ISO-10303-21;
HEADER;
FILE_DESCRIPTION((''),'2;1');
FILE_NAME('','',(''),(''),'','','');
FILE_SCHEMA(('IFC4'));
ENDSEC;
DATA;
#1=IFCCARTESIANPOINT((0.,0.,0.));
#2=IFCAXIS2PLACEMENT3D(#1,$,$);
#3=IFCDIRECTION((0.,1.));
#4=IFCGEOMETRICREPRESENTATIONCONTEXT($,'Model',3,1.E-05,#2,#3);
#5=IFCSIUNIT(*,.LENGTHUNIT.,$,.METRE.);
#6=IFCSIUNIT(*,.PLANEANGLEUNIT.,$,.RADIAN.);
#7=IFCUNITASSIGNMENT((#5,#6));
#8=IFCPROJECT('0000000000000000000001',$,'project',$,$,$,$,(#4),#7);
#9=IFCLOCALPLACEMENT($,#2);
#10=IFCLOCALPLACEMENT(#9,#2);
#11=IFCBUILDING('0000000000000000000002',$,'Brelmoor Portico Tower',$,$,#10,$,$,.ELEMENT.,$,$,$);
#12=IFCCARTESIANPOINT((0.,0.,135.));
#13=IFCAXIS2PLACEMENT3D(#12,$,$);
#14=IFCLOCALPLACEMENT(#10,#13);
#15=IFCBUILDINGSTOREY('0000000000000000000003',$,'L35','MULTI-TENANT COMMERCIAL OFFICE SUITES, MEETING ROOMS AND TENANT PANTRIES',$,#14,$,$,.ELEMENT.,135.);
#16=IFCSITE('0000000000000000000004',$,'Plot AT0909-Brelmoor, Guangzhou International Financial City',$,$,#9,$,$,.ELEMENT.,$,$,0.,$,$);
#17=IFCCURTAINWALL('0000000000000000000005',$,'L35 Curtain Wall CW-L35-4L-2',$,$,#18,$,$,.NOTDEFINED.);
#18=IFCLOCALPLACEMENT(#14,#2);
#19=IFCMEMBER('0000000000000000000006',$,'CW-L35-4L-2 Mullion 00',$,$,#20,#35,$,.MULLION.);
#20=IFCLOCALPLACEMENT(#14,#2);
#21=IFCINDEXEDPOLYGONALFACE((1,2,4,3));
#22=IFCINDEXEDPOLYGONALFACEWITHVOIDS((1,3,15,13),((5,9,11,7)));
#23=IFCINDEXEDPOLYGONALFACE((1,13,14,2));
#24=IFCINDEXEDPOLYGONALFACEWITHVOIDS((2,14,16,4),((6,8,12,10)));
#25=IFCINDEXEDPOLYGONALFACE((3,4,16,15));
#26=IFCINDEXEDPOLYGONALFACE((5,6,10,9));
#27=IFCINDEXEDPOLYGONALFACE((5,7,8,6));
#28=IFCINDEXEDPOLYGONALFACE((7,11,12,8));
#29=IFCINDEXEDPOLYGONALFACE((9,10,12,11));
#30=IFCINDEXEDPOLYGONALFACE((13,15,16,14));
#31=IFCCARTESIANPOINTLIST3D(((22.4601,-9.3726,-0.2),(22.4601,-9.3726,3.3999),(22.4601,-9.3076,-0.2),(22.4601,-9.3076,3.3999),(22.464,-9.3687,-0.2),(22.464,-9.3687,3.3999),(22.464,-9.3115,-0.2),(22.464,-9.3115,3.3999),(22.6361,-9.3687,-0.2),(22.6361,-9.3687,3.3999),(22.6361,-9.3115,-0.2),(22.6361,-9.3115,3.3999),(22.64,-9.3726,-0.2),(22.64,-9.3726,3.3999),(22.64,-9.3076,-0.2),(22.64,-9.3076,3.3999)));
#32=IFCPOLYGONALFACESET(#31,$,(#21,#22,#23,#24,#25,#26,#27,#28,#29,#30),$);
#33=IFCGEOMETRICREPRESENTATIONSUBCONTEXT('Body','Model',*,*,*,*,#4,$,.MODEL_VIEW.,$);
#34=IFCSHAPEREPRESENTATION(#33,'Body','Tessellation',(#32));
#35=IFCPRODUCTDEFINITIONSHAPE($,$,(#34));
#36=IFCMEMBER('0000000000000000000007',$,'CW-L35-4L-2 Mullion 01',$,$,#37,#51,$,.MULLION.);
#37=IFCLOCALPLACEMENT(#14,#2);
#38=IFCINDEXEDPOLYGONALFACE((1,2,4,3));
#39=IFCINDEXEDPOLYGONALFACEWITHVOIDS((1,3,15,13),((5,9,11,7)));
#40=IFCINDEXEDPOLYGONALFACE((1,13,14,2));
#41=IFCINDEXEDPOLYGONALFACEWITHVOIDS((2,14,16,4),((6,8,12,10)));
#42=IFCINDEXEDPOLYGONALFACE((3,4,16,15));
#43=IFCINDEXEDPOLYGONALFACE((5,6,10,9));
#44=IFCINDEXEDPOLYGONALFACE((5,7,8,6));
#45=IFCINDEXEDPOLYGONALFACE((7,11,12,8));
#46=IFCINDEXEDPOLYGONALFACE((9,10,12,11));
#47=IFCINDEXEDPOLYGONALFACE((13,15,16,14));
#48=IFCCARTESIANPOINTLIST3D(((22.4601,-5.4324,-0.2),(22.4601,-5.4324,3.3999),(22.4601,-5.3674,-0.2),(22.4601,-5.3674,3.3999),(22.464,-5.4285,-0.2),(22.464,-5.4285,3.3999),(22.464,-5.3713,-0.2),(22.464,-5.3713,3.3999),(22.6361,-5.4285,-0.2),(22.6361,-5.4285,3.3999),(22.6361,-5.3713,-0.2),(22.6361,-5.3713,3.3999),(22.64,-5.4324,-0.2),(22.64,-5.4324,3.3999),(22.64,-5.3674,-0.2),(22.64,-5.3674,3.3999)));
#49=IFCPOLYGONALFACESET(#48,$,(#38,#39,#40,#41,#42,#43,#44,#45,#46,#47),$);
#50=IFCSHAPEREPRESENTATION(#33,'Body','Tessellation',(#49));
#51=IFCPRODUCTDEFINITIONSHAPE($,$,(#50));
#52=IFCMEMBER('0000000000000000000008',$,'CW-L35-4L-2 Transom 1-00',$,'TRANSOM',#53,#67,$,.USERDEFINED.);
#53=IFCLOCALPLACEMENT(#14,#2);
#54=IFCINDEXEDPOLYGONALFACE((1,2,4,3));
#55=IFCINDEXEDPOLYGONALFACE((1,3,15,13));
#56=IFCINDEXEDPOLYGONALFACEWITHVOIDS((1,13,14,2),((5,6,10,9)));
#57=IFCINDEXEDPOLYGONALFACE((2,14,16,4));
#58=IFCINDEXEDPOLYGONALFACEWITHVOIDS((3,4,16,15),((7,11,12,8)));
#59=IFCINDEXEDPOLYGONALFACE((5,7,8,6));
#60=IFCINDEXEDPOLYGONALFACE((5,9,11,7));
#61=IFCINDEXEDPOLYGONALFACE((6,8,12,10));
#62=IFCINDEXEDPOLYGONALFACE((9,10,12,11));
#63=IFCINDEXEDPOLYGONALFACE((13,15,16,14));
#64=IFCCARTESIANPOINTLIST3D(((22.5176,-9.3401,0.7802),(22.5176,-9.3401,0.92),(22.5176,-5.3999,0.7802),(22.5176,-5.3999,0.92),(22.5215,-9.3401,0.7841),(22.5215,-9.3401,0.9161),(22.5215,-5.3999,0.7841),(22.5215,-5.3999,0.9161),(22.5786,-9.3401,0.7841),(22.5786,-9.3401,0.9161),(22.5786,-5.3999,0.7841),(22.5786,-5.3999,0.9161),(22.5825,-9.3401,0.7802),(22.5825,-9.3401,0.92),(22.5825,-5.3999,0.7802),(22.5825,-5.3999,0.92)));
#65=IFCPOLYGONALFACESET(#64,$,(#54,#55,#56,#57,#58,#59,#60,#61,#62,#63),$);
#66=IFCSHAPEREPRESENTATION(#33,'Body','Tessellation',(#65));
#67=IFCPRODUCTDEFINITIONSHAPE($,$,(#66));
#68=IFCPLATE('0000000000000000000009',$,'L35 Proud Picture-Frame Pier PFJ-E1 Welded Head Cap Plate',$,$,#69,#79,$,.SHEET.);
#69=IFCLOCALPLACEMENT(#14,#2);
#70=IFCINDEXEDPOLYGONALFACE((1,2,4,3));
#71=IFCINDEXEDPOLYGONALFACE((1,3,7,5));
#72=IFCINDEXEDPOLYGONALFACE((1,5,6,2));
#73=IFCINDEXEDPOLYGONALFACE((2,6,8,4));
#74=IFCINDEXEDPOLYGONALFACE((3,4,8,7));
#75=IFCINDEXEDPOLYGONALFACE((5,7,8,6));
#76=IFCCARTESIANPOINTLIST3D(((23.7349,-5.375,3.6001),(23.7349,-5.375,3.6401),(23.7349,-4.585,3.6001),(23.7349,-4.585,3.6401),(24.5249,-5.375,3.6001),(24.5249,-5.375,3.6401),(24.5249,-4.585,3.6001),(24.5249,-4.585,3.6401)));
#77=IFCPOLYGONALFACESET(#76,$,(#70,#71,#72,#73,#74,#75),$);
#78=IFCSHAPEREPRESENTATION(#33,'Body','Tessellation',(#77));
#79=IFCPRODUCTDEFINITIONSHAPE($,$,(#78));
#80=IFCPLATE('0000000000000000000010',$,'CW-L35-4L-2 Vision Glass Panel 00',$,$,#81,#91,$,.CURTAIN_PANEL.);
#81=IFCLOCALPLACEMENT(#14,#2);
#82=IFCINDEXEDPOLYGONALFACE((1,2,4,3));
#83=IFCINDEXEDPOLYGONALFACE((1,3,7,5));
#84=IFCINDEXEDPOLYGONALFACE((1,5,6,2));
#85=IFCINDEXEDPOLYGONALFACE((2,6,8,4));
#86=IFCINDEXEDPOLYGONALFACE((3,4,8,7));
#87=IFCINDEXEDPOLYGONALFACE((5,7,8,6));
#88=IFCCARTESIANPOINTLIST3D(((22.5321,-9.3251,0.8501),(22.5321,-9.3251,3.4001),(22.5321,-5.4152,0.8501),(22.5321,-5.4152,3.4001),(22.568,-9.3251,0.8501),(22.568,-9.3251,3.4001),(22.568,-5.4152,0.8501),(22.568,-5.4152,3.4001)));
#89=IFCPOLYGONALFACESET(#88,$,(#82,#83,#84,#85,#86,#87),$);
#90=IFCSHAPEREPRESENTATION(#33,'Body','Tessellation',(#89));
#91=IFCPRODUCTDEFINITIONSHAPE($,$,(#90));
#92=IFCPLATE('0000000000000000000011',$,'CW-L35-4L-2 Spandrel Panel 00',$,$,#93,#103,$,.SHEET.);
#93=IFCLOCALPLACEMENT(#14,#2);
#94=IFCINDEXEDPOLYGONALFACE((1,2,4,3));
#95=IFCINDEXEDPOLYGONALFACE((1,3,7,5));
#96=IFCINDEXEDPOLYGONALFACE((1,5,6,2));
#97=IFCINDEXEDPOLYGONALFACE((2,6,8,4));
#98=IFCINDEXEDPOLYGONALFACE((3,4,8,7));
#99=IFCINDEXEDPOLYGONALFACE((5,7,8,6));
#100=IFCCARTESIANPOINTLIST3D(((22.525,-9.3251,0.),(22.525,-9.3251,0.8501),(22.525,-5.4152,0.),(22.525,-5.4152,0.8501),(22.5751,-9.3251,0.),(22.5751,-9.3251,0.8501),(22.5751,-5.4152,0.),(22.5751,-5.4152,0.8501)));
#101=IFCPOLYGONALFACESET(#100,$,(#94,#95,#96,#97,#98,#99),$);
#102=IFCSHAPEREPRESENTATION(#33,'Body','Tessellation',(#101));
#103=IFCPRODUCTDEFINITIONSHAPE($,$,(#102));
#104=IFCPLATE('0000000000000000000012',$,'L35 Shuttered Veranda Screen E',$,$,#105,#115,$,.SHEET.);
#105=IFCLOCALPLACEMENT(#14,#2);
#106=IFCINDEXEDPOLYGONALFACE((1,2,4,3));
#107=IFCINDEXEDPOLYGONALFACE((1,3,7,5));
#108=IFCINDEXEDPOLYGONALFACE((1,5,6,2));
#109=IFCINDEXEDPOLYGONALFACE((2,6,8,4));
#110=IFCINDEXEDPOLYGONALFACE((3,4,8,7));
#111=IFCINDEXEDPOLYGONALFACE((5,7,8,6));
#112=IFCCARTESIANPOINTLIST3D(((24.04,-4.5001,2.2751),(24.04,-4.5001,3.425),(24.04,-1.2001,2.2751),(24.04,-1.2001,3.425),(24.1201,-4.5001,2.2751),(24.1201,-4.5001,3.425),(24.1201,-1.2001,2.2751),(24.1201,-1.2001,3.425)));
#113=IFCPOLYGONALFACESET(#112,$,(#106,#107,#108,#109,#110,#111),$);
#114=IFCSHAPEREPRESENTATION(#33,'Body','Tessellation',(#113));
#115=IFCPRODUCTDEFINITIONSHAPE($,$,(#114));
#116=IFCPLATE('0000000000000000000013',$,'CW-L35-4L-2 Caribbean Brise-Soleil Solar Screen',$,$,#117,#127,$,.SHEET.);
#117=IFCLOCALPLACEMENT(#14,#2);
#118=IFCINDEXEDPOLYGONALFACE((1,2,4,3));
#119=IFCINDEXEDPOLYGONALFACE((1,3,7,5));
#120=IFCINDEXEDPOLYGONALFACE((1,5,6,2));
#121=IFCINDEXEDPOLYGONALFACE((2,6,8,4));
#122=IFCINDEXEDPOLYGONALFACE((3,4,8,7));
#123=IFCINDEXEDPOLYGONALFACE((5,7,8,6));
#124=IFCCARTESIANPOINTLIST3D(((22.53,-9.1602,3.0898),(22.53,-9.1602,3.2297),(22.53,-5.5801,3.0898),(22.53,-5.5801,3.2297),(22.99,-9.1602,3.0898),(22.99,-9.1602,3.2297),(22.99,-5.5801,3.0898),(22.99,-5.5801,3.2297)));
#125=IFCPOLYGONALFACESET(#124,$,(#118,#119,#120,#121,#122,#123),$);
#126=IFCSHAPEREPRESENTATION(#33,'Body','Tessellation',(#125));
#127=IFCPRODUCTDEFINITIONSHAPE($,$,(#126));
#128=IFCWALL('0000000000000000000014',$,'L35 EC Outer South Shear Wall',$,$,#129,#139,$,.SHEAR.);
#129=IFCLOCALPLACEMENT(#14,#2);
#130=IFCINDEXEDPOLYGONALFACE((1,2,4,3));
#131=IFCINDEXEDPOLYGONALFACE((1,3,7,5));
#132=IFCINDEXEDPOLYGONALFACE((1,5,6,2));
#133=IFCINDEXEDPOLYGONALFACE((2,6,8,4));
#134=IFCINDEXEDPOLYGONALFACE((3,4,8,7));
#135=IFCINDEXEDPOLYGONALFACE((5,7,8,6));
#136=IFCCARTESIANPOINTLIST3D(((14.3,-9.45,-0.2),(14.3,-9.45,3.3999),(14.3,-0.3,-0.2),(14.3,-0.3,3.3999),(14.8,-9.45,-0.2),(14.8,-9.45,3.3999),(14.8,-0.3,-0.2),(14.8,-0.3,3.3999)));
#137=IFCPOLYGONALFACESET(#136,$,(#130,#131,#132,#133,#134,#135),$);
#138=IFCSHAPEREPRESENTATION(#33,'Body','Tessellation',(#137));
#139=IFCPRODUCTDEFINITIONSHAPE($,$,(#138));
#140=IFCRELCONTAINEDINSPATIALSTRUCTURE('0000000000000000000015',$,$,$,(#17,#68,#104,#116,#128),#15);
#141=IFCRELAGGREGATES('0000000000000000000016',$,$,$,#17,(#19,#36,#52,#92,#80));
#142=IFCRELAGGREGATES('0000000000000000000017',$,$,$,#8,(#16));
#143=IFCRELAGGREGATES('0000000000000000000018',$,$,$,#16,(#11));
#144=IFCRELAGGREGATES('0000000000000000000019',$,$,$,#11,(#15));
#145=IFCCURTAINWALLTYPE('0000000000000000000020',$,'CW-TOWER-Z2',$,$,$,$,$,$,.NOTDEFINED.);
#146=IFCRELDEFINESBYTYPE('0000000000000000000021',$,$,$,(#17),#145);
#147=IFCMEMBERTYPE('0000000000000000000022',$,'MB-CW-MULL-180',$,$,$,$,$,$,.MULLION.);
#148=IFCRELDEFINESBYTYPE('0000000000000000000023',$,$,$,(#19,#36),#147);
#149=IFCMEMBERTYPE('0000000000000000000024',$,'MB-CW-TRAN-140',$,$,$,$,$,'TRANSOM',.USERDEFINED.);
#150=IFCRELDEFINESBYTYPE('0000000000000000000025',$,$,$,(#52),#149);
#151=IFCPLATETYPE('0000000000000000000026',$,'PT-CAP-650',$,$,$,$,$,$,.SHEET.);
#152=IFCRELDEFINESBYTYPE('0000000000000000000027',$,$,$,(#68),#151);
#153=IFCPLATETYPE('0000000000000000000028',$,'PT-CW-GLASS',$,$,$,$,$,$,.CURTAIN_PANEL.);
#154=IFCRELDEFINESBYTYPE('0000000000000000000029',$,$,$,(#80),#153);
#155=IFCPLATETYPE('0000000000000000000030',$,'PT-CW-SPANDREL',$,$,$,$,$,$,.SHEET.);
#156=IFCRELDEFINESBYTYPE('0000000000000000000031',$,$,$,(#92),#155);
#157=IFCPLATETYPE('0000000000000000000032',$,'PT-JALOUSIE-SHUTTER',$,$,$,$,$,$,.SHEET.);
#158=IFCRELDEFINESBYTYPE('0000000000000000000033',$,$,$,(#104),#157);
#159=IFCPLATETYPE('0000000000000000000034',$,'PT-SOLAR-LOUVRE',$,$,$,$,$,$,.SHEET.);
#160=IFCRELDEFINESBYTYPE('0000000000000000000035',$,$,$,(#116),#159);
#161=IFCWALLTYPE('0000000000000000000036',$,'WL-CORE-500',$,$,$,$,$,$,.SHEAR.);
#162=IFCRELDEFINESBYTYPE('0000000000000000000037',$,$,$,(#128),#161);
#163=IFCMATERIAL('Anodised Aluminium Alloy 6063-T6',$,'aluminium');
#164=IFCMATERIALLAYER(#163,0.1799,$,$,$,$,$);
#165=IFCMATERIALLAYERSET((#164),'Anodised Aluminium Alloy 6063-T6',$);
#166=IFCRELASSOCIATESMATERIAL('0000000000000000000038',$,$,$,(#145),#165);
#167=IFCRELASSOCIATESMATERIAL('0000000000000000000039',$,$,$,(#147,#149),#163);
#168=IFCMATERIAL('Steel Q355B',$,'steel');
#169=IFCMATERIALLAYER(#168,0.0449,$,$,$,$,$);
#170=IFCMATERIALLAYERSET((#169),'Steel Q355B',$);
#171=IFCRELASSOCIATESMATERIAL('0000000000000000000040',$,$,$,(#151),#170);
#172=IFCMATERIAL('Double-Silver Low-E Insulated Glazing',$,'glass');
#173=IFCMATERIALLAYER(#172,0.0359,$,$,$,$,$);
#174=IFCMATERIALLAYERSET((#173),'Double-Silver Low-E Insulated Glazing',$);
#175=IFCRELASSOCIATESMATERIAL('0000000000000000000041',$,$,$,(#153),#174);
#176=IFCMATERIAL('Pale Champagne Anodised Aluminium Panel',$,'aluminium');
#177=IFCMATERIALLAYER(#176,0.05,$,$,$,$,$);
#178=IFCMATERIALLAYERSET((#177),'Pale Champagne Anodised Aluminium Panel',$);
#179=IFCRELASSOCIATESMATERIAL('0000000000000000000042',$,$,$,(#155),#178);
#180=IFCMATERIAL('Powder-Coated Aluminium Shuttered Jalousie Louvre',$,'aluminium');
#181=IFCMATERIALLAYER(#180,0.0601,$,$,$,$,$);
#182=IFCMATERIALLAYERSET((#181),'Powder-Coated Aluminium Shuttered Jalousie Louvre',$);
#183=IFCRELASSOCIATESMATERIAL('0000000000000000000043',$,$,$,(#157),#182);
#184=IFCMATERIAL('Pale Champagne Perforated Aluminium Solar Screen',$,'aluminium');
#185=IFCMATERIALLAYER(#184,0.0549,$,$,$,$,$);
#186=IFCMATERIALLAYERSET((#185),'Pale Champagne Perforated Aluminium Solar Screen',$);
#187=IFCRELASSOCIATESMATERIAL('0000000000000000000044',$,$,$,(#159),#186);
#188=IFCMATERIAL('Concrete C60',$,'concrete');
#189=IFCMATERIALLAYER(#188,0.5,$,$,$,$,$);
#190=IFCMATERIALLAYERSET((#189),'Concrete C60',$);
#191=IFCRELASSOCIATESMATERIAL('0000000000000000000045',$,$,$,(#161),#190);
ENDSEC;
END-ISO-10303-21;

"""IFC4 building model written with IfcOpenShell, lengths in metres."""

from ifc_helpers import new_model, si_unit, direction, frame, frame_2d, origin, origin_2d, place, context, subcontext, project, spatial, rectangle, hollow_rectangle, extrude, material, layer, layer_set, material_profile, profile_set, type_object, element, aggregate, save


model = new_model("IFC4")

# Units and contexts
model_context = context("Model", 3, precision=1e-05, world=origin(), true_north=direction((0.0, 1.0)))
body_context = subcontext(model_context, "Body", "Model", "MODEL_VIEW")
ifc_project = project(units=[si_unit("LENGTHUNIT", "METRE"), si_unit("PLANEANGLEUNIT", "RADIAN")], contexts=[model_context])

# Site, building, storey
site_placement = place(None, origin())
site = spatial("IfcSite", under=ifc_project, at=site_placement, Name="Plot AT0909-Brelmoor, Guangzhou International Financial City", CompositionType="ELEMENT", RefElevation=0.0)
building_placement = place(site_placement, origin())
building = spatial("IfcBuilding", under=site, at=building_placement, Name="Brelmoor Portico Tower", CompositionType="ELEMENT")
storey_placement = place(building_placement, frame((0.0, 0.0, 135.0)))
storey = spatial("IfcBuildingStorey", under=building, at=storey_placement, Name="L35", Description="MULTI-TENANT COMMERCIAL OFFICE SUITES, MEETING ROOMS AND TENANT PANTRIES", CompositionType="ELEMENT", Elevation=135.0)

# Shared definitions
ifc_material_1 = material(Name="Steel Q355B", Category="steel")

# Curtain wall, members
ifc_material_2 = material(Name="Anodised Aluminium Alloy 6063-T6", Category="aluminium")
ifc_layer_1 = layer(ifc_material_2, 0.1799)
ifc_layer_set_1 = layer_set([ifc_layer_1], Name="Anodised Aluminium Alloy 6063-T6")
curtain_wall_type = type_object("IfcCurtainWallType", Name="CW-TOWER-Z2", PredefinedType="NOTDEFINED", material=ifc_layer_set_1)
curtain_wall_placement = place(storey_placement, origin())
curtain_wall = element("IfcCurtainWall", 1, at=curtain_wall_placement, inside=storey, type_object=curtain_wall_type, Name="L35 Curtain Wall CW-L35-4L-2", PredefinedType="NOTDEFINED")
ifc_material_profile_1 = material_profile(ifc_material_2, hollow_rectangle(XDim=0.0649, YDim=0.1799, WallThickness=0.0039, at=origin_2d()), Name="ALU MULLION 65x180")
ifc_profile_set_1 = profile_set([ifc_material_profile_1], Name="Anodised Aluminium Alloy 6063-T6")
member_type_1 = type_object("IfcMemberType", Name="MB-CW-MULL-180", PredefinedType="MULLION", material=ifc_profile_set_1)
member_1_placement = place(storey_placement, frame((22.55, -9.3401, -0.2), z_axis=(0.0, 0.0, 1.0), x_axis=(0.0, 1.0, 0.0)))
member_1 = element("IfcMember", 2, at=member_1_placement, type_object=member_type_1, Name="CW-L35-4L-2 Mullion 00", PredefinedType="MULLION", context=body_context, shape_type="SweptSolid", body=[
    extrude(hollow_rectangle(XDim=0.0649, YDim=0.1799, WallThickness=0.0039, at=origin_2d()), origin(), (0.0, 0.0, 1.0), 3.5999),
])
member_2_placement = place(storey_placement, frame((22.55, -5.3999, -0.2), z_axis=(0.0, 0.0, 1.0), x_axis=(0.0, 1.0, 0.0)))
member_2 = element("IfcMember", 3, at=member_2_placement, type_object=member_type_1, Name="CW-L35-4L-2 Mullion 01", PredefinedType="MULLION", context=body_context, shape_type="SweptSolid", body=[
    extrude(hollow_rectangle(XDim=0.0649, YDim=0.1799, WallThickness=0.0039, at=origin_2d()), origin(), (0.0, 0.0, 1.0), 3.5999),
])
ifc_material_profile_2 = material_profile(ifc_material_2, hollow_rectangle(XDim=0.0649, YDim=0.1399, WallThickness=0.0039, at=origin_2d()), Name="ALU TRANSOM 65x140")
ifc_profile_set_2 = profile_set([ifc_material_profile_2], Name="Anodised Aluminium Alloy 6063-T6")
member_type_2 = type_object("IfcMemberType", Name="MB-CW-TRAN-140", ElementType="TRANSOM", PredefinedType="USERDEFINED", material=ifc_profile_set_2)
member_3_placement = place(storey_placement, frame((22.55, -9.3401, 0.8501), z_axis=(0.0, 1.0, 0.0), x_axis=(-1.0, 0.0, 0.0)))
member_3 = element("IfcMember", 4, at=member_3_placement, type_object=member_type_2, Name="CW-L35-4L-2 Transom 1-00", ObjectType="TRANSOM", PredefinedType="USERDEFINED", context=body_context, shape_type="SweptSolid", body=[
    extrude(hollow_rectangle(XDim=0.0649, YDim=0.1399, WallThickness=0.0039, at=origin_2d()), origin(), (0.0, 0.0, 1.0), 3.9402),
])

# Plates
ifc_layer_2 = layer(ifc_material_1, 0.0449)
ifc_layer_set_2 = layer_set([ifc_layer_2], Name="Steel Q355B")
plate_type_1 = type_object("IfcPlateType", Name="PT-CAP-650", PredefinedType="SHEET", material=ifc_layer_set_2)
plate_1_placement = place(storey_placement, frame((24.1299, -4.98, 3.6001), z_axis=(0.0, 0.0, 1.0), x_axis=(0.0, 1.0, 0.0)))
element("IfcPlate", 5, at=plate_1_placement, inside=storey, type_object=plate_type_1, Name="L35 Proud Picture-Frame Pier PFJ-E1 Welded Head Cap Plate", PredefinedType="SHEET", context=body_context, shape_type="SweptSolid", body=[
    extrude(rectangle(XDim=0.79, YDim=0.79, at=origin_2d()), origin(), (0.0, 0.0, 1.0), 0.04),
])
ifc_material_3 = material(Name="Double-Silver Low-E Insulated Glazing", Category="glass")
ifc_layer_3 = layer(ifc_material_3, 0.0359)
ifc_layer_set_3 = layer_set([ifc_layer_3], Name="Double-Silver Low-E Insulated Glazing")
plate_type_2 = type_object("IfcPlateType", Name="PT-CW-GLASS", PredefinedType="CURTAIN_PANEL", material=ifc_layer_set_3)
plate_2_placement = place(storey_placement, frame((22.55, -7.3701, 0.8501), z_axis=(0.0, 0.0, 1.0), x_axis=(0.0, 1.0, 0.0)))
plate_2 = element("IfcPlate", 6, at=plate_2_placement, type_object=plate_type_2, Name="CW-L35-4L-2 Vision Glass Panel 00", PredefinedType="CURTAIN_PANEL", context=body_context, shape_type="SweptSolid", body=[
    extrude(rectangle(XDim=3.9099, YDim=0.0359, at=origin_2d()), origin(), (0.0, 0.0, 1.0), 2.55),
])
ifc_material_4 = material(Name="Pale Champagne Anodised Aluminium Panel", Category="aluminium")
ifc_layer_4 = layer(ifc_material_4, 0.05)
ifc_layer_set_4 = layer_set([ifc_layer_4], Name="Pale Champagne Anodised Aluminium Panel")
plate_type_3 = type_object("IfcPlateType", Name="PT-CW-SPANDREL", PredefinedType="SHEET", material=ifc_layer_set_4)
plate_3_placement = place(storey_placement, frame((22.55, -7.3701, 0.0), z_axis=(0.0, 0.0, 1.0), x_axis=(0.0, 1.0, 0.0)))
plate_3 = element("IfcPlate", 7, at=plate_3_placement, type_object=plate_type_3, Name="CW-L35-4L-2 Spandrel Panel 00", PredefinedType="SHEET", context=body_context, shape_type="SweptSolid", body=[
    extrude(rectangle(XDim=3.9099, YDim=0.05, at=origin_2d()), origin(), (0.0, 0.0, 1.0), 0.8501),
])
aggregate(curtain_wall, [member_1, member_2, member_3, plate_3, plate_2])

# Plates
ifc_material_5 = material(Name="Powder-Coated Aluminium Shuttered Jalousie Louvre", Category="aluminium")
ifc_layer_5 = layer(ifc_material_5, 0.0601)
ifc_layer_set_5 = layer_set([ifc_layer_5], Name="Powder-Coated Aluminium Shuttered Jalousie Louvre")
plate_type_4 = type_object("IfcPlateType", Name="PT-JALOUSIE-SHUTTER", PredefinedType="SHEET", material=ifc_layer_set_5)
plate_4_placement = place(storey_placement, frame((24.0801, -2.8501, 2.2751), z_axis=(0.0, 0.0, 1.0), x_axis=(0.0, 1.0, 0.0)))
element("IfcPlate", 8, at=plate_4_placement, inside=storey, type_object=plate_type_4, Name="L35 Shuttered Veranda Screen E", PredefinedType="SHEET", context=body_context, shape_type="SweptSolid", body=[
    extrude(rectangle(XDim=3.3, YDim=0.0801, at=origin_2d()), origin(), (0.0, 0.0, 1.0), 1.1499),
])
ifc_material_6 = material(Name="Pale Champagne Perforated Aluminium Solar Screen", Category="aluminium")
ifc_layer_6 = layer(ifc_material_6, 0.0549)
ifc_layer_set_6 = layer_set([ifc_layer_6], Name="Pale Champagne Perforated Aluminium Solar Screen")
plate_type_5 = type_object("IfcPlateType", Name="PT-SOLAR-LOUVRE", PredefinedType="SHEET", material=ifc_layer_set_6)
plate_5_placement = place(storey_placement, frame((22.76, -7.3701, 3.0898), z_axis=(0.0, 0.0, 1.0), x_axis=(0.0, 1.0, 0.0)))
element("IfcPlate", 9, at=plate_5_placement, inside=storey, type_object=plate_type_5, Name="CW-L35-4L-2 Caribbean Brise-Soleil Solar Screen", PredefinedType="SHEET", context=body_context, shape_type="SweptSolid", body=[
    extrude(rectangle(XDim=3.5801, YDim=0.46, at=origin_2d()), origin(), (0.0, 0.0, 1.0), 0.1399),
])

# Wall
ifc_material_7 = material(Name="Concrete C60", Category="concrete")
ifc_layer_7 = layer(ifc_material_7, 0.5)
ifc_layer_set_7 = layer_set([ifc_layer_7], Name="Concrete C60")
wall_type_1 = type_object("IfcWallType", Name="WL-CORE-500", PredefinedType="SHEAR", material=ifc_layer_set_7)
wall_1_placement = place(storey_placement, frame((14.55, -9.45, -0.2), z_axis=(0.0, 0.0, 1.0), x_axis=(0.0, 1.0, 0.0)))
element("IfcWall", 10, at=wall_1_placement, inside=storey, type_object=wall_type_1, Name="L35 EC Outer South Shear Wall", PredefinedType="SHEAR", context=body_context, shape_type="SweptSolid", body=[
    extrude(rectangle(XDim=9.1499, YDim=0.5, at=frame_2d((4.575, 0.0))), origin(), (0.0, 0.0, 1.0), 3.5999),
])

save(model, "model.ifc")
